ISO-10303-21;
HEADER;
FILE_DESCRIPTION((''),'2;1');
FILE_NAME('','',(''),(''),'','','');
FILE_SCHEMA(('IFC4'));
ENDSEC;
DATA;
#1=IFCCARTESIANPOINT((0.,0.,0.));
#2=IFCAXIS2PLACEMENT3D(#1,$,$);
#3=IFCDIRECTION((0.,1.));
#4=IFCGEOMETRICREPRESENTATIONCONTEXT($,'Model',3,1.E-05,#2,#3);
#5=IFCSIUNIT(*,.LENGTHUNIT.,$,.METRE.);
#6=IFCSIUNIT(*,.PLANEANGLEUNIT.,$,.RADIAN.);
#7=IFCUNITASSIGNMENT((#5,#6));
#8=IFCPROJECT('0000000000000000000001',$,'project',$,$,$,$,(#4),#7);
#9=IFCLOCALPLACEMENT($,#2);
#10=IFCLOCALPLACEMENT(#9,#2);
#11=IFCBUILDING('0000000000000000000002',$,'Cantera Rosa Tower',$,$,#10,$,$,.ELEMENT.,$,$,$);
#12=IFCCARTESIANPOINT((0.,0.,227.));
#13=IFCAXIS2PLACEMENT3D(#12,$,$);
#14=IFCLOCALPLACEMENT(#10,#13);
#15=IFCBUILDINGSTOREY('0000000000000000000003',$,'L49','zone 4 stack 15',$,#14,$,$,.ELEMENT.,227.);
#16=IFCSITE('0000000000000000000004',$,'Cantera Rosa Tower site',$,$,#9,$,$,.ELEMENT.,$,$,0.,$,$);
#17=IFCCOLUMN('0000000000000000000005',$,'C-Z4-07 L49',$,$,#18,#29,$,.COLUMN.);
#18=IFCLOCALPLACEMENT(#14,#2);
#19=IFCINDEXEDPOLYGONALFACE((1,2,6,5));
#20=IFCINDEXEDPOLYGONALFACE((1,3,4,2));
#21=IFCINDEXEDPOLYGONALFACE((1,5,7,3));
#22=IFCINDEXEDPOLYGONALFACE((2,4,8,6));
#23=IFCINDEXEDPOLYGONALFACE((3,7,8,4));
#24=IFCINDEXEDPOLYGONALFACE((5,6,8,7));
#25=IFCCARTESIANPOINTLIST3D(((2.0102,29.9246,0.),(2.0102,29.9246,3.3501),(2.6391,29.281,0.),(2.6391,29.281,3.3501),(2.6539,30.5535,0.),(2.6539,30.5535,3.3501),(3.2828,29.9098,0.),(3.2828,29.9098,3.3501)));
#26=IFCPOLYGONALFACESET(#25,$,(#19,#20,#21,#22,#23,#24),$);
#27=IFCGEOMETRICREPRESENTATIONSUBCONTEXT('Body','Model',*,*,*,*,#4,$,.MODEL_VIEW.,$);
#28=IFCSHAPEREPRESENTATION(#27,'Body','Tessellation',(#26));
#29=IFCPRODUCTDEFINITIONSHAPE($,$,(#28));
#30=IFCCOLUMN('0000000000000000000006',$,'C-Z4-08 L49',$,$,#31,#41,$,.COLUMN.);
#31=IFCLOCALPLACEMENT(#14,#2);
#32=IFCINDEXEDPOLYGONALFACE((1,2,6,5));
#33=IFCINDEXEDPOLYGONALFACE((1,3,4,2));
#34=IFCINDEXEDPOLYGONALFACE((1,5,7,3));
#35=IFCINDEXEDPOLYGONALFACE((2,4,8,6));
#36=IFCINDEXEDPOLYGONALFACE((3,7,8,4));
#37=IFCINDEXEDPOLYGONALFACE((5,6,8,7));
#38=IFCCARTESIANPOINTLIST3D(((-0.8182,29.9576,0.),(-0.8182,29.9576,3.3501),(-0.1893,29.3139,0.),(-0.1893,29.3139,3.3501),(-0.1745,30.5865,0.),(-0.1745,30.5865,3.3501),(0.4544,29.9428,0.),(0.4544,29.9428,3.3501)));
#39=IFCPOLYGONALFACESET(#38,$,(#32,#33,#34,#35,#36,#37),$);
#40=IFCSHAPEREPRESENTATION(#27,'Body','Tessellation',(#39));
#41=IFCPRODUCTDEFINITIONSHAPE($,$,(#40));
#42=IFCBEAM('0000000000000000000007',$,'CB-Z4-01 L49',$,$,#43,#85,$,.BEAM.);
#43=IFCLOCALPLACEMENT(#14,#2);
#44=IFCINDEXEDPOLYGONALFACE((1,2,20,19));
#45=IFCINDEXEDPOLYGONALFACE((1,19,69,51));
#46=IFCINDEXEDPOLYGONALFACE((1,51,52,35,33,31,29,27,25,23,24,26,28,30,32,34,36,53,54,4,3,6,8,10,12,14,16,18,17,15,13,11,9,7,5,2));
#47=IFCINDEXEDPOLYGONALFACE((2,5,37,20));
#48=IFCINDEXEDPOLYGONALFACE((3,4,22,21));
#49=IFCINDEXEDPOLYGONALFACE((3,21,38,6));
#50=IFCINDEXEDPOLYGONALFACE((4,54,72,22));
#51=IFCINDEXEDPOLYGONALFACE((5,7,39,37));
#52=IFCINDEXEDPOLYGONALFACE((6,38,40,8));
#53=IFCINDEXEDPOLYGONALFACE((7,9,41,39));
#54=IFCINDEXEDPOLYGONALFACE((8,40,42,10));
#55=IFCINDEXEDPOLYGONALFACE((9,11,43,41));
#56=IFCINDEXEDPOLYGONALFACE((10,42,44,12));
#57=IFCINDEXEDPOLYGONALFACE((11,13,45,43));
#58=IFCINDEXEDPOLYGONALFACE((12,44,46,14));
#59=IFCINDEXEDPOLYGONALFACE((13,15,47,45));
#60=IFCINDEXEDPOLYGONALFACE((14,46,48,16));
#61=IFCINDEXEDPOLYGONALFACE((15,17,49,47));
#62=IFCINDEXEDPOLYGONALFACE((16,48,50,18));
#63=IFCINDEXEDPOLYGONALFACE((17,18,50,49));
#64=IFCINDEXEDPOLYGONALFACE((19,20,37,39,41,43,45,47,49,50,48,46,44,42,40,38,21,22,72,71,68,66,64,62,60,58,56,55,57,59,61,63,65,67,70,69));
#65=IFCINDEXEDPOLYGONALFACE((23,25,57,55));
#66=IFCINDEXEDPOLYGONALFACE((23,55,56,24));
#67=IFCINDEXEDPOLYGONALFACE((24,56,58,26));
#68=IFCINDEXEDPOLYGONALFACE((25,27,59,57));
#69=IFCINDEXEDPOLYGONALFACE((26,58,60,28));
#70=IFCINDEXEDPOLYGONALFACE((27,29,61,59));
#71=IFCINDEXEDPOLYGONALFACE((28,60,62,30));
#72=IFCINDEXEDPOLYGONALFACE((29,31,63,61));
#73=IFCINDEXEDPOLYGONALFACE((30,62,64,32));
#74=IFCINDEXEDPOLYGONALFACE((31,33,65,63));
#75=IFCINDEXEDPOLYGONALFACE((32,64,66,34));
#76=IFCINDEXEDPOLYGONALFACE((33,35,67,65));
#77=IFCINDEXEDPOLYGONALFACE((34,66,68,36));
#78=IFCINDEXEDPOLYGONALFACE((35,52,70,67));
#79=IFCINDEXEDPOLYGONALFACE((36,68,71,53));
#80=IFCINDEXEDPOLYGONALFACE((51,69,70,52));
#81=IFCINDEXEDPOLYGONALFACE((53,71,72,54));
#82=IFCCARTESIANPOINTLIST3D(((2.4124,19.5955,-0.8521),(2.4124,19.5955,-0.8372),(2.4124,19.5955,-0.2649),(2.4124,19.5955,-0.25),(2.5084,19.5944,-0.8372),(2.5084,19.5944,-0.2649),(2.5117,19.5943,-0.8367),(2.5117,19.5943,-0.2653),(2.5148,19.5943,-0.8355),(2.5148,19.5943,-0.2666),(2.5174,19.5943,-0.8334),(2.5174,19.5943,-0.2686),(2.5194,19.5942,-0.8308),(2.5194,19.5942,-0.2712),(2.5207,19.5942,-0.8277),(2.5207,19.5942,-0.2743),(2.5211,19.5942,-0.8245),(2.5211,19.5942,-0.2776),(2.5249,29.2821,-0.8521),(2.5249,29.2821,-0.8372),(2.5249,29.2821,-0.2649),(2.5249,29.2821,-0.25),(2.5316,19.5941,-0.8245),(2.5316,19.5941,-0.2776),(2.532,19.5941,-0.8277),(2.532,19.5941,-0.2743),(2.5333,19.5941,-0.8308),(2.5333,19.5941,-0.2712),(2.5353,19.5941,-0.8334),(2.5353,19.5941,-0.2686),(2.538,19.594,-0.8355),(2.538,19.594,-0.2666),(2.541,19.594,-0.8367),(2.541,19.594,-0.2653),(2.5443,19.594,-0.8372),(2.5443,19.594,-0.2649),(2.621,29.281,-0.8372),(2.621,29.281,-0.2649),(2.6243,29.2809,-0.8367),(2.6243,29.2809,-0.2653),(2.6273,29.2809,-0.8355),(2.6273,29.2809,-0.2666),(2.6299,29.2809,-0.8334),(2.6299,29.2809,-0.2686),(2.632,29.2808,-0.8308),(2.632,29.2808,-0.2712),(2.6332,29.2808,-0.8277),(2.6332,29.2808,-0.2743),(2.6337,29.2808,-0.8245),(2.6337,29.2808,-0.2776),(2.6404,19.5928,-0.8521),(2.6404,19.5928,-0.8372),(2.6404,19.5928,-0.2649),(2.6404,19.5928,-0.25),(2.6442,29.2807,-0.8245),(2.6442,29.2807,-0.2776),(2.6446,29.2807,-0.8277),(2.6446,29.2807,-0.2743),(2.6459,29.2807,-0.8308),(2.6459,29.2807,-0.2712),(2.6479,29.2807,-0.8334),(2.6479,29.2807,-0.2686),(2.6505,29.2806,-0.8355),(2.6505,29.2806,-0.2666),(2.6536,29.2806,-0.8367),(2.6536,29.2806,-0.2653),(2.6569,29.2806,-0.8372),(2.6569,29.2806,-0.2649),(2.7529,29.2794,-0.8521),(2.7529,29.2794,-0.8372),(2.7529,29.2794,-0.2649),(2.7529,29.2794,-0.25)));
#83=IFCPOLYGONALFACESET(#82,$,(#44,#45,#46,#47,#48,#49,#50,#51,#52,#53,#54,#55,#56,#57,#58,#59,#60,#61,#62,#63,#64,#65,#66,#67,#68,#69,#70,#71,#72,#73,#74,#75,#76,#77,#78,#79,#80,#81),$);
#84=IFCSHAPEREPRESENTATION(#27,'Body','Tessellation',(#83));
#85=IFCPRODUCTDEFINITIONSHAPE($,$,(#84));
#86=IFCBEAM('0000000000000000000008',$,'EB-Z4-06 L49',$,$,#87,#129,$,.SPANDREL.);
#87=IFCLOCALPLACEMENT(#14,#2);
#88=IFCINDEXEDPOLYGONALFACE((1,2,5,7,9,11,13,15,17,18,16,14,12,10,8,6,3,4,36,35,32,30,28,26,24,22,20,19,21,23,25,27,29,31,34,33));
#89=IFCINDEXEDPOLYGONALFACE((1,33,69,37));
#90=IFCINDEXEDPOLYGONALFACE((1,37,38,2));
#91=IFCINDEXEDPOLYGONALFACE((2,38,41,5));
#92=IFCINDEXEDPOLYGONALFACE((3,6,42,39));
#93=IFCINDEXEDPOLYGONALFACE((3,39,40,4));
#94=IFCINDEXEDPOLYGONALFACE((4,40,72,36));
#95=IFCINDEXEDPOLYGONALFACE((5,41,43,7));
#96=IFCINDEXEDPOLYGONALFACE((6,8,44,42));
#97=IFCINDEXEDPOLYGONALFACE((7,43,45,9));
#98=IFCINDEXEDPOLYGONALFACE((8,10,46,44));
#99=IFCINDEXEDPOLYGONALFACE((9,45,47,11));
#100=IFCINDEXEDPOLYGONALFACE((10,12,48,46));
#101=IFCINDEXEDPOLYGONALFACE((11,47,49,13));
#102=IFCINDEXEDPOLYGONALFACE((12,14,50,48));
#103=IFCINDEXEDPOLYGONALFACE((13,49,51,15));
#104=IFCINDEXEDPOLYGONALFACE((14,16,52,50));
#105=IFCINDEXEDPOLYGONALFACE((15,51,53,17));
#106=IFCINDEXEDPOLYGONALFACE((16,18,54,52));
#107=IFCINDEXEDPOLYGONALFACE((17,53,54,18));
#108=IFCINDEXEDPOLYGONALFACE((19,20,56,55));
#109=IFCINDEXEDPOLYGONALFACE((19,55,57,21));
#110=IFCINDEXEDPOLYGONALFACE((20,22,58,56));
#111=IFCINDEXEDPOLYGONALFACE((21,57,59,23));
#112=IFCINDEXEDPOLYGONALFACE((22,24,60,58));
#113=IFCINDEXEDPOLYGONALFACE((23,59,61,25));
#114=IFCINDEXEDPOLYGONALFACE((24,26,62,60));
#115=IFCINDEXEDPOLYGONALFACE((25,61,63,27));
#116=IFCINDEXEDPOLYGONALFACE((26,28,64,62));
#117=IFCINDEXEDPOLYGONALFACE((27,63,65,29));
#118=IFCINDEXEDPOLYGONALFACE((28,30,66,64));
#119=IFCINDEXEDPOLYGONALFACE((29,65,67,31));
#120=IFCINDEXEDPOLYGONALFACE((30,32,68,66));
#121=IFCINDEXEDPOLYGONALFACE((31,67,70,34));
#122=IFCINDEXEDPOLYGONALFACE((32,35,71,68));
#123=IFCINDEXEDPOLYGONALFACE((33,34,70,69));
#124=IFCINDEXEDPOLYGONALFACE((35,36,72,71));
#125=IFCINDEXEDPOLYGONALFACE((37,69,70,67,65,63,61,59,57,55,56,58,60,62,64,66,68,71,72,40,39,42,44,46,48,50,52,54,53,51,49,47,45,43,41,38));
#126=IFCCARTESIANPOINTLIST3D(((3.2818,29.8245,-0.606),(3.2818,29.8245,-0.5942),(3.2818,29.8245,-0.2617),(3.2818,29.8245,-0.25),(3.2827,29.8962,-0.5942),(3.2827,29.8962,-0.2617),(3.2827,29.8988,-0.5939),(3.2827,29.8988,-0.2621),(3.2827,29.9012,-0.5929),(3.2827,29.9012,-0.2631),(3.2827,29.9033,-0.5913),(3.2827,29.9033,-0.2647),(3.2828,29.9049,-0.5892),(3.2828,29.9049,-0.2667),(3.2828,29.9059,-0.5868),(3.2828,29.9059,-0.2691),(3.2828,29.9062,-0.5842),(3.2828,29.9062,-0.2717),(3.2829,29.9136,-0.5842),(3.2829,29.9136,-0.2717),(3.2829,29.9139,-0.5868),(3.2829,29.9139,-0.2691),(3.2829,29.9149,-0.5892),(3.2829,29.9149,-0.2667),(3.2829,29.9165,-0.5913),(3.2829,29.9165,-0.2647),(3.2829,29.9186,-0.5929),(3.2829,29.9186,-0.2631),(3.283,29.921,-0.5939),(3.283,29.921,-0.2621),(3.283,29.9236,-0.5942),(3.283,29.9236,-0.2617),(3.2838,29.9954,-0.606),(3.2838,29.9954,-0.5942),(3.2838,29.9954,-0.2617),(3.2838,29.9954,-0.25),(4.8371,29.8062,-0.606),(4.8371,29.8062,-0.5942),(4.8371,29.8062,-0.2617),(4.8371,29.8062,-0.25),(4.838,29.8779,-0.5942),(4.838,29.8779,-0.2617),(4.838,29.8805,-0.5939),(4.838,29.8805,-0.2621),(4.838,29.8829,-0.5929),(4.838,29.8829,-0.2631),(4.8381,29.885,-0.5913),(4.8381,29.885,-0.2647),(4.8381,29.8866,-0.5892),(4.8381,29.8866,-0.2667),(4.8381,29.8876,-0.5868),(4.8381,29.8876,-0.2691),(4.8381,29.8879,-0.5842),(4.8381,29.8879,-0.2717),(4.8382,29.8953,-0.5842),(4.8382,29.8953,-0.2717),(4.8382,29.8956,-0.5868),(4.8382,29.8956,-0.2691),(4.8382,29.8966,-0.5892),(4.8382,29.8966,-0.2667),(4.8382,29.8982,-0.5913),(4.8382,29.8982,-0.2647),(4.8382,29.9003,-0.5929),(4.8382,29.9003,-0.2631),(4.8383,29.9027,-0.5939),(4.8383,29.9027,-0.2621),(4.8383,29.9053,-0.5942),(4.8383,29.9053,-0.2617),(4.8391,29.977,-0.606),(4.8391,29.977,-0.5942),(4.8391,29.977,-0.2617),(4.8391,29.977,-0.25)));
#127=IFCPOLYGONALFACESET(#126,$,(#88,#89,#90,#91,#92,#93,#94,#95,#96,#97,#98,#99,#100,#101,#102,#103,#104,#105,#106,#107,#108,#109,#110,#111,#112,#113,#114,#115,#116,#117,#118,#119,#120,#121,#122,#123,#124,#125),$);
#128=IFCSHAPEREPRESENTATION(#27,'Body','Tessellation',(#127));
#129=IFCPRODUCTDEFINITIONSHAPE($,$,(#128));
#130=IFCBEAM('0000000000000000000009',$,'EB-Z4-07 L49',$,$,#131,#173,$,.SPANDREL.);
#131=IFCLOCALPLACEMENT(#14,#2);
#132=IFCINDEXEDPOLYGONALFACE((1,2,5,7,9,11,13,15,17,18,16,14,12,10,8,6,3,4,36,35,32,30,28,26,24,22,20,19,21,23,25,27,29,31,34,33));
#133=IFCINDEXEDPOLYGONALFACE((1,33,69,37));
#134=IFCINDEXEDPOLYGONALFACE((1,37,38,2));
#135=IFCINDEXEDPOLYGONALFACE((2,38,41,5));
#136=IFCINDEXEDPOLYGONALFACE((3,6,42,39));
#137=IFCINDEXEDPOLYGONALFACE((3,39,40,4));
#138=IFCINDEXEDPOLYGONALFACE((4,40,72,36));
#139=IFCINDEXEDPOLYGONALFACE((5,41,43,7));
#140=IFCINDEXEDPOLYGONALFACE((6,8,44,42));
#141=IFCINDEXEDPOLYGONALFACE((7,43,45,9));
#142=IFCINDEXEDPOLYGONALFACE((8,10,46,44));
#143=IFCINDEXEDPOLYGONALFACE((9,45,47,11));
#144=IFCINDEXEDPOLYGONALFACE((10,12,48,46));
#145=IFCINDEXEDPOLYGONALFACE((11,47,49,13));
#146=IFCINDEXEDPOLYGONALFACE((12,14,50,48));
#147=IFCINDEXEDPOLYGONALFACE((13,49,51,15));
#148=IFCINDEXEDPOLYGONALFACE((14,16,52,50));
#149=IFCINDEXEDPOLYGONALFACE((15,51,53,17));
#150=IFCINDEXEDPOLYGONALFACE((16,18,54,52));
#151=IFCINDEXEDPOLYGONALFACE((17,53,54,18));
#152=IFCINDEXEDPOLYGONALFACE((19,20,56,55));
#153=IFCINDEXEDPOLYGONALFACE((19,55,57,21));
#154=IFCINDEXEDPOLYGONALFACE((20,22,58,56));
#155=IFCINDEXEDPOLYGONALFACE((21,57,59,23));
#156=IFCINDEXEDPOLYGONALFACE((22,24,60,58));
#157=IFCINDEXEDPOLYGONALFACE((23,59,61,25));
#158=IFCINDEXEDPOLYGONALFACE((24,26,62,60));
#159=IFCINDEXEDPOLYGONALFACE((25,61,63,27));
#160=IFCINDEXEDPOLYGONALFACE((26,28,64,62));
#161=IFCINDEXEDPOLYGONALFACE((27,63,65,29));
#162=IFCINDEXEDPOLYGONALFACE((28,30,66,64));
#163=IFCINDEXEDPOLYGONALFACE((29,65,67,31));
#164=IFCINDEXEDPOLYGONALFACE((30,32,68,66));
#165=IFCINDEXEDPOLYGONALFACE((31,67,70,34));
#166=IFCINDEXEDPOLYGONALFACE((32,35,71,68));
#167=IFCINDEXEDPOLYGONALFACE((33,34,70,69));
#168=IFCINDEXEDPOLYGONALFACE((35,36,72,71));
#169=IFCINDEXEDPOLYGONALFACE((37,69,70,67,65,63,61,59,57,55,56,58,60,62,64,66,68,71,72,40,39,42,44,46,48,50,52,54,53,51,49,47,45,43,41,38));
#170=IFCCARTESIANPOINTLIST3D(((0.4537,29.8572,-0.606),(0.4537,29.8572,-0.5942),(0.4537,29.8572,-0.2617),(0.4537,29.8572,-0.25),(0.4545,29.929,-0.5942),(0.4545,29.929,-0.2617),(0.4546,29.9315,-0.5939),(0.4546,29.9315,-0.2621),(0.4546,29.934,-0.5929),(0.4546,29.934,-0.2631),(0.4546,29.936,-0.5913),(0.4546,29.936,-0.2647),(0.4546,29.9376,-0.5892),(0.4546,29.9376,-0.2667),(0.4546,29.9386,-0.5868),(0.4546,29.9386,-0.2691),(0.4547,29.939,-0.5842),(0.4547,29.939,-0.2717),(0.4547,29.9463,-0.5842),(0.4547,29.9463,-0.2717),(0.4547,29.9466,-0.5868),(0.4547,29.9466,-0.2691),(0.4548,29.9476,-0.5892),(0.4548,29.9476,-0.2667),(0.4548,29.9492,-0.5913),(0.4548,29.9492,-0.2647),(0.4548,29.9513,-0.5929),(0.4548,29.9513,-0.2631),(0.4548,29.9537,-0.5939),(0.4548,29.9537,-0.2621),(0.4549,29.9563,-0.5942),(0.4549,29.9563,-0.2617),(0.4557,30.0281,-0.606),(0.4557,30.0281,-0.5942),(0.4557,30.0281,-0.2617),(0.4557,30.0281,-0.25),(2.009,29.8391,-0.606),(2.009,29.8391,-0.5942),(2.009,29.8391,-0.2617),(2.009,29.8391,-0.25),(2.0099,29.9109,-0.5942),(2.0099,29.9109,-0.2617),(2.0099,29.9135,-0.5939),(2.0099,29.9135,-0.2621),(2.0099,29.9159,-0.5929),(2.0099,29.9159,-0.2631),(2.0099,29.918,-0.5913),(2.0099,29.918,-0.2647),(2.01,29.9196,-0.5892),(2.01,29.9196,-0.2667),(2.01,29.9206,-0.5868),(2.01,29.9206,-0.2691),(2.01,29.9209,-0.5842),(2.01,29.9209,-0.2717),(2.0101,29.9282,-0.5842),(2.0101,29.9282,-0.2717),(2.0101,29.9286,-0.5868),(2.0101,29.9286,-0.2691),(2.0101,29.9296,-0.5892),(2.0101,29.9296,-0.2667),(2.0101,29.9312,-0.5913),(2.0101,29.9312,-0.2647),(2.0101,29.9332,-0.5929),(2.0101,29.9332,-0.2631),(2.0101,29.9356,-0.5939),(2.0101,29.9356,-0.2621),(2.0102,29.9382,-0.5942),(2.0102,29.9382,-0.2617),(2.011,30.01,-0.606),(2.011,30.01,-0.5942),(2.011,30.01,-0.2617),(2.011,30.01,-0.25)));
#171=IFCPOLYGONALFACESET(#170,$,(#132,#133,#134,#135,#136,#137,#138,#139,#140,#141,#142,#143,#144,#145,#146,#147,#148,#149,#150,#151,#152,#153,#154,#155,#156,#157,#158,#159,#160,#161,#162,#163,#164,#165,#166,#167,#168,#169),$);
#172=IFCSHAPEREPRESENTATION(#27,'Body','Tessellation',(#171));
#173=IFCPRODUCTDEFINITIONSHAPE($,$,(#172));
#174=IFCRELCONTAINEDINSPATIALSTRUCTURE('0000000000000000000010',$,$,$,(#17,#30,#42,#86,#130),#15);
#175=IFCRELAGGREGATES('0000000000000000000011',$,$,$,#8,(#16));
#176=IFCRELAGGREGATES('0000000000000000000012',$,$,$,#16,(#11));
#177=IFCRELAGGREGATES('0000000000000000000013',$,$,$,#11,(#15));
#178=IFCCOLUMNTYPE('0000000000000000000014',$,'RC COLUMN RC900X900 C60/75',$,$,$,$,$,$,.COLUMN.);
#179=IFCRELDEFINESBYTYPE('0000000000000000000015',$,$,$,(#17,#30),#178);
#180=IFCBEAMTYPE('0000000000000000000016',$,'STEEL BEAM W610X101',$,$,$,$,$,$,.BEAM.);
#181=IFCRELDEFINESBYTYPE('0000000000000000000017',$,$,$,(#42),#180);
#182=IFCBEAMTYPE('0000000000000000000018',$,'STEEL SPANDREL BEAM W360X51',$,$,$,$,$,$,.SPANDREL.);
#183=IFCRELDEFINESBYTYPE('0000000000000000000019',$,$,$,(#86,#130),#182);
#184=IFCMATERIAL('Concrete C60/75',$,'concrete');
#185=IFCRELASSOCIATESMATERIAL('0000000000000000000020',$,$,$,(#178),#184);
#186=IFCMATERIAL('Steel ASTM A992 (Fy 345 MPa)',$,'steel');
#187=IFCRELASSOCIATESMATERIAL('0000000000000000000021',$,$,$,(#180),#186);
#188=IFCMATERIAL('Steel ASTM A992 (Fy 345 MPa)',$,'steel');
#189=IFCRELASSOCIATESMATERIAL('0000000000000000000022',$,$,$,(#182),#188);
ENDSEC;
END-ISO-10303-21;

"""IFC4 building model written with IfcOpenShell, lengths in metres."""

from ifc_helpers import new_model, si_unit, direction, frame, origin, origin_2d, place, context, subcontext, project, spatial, rectangle, i_section, extrude, material, material_profile, profile_set, type_object, element, save


model = new_model("IFC4")

# Units and contexts
model_context = context("Model", 3, precision=1e-05, world=origin(), true_north=direction((0.0, 1.0)))
body_context = subcontext(model_context, "Body", "Model", "MODEL_VIEW")
ifc_project = project(units=[si_unit("LENGTHUNIT", "METRE"), si_unit("PLANEANGLEUNIT", "RADIAN")], contexts=[model_context])

# Site, building, storey
site_placement = place(None, origin())
site = spatial("IfcSite", under=ifc_project, at=site_placement, Name="Cantera Rosa Tower site", CompositionType="ELEMENT", RefElevation=0.0)
building_placement = place(site_placement, origin())
building = spatial("IfcBuilding", under=site, at=building_placement, Name="Cantera Rosa Tower", CompositionType="ELEMENT")
storey_placement = place(building_placement, frame((0.0, 0.0, 227.0)))
storey = spatial("IfcBuildingStorey", under=building, at=storey_placement, Name="L49", Description="zone 4 stack 15", CompositionType="ELEMENT", Elevation=227.0)

# Columns
ifc_material_1 = material(Name="Concrete C60/75", Category="concrete")
ifc_material_profile_1 = material_profile(ifc_material_1, rectangle(XDim=0.8999, YDim=0.8999, at=origin_2d()), Name="RC COLUMN RC900X900 C60/75")
ifc_profile_set_1 = profile_set([ifc_material_profile_1], Name="Concrete C60/75")
column_type = type_object("IfcColumnType", Name="RC COLUMN RC900X900 C60/75", PredefinedType="COLUMN", material=ifc_profile_set_1)
for number, where, z_axis, x_axis, name in (
    (1, (2.6465, 29.9172, 0.0), (0.0, 0.0, 1.0), (0.715286, 0.698832, 0.0), "C-Z4-07 L49"),
    (2, (-0.1819, 29.9502, 0.0), (0.0, 0.0, 1.0), (0.715286, 0.698832, 0.0), "C-Z4-08 L49"),
):
    element("IfcColumn", number, at=place(storey_placement, frame(where, z_axis=z_axis, x_axis=x_axis)), inside=storey, type_object=column_type, Name=name, PredefinedType="COLUMN", context=body_context, shape_type="SweptSolid", body=[
        extrude(rectangle(XDim=0.8999, YDim=0.8999, at=origin_2d()), origin(), (0.0, 0.0, 1.0), 3.3501),
    ])

# Beams
ifc_material_2 = material(Name="Steel ASTM A992 (Fy 345 MPa)", Category="steel")
ifc_material_profile_2 = material_profile(ifc_material_2, i_section(OverallWidth=0.228, OverallDepth=0.6021, WebThickness=0.0105, FlangeThickness=0.0149, FilletRadius=0.0127, at=origin_2d()), Name="W610X101")
ifc_profile_set_2 = profile_set([ifc_material_profile_2], Name="Steel ASTM A992 (Fy 345 MPa)")
beam_type_1 = type_object("IfcBeamType", Name="STEEL BEAM W610X101", PredefinedType="BEAM", material=ifc_profile_set_2)
beam_1_placement = place(storey_placement, frame((2.6389, 29.2808, -0.551), z_axis=(-0.011618, -0.999933, 0.0), x_axis=(0.999933, -0.011618, 0.0)))
element("IfcBeam", 3, at=beam_1_placement, inside=storey, type_object=beam_type_1, Name="CB-Z4-01 L49", PredefinedType="BEAM", context=body_context, shape_type="SweptSolid", body=[
    extrude(i_section(OverallWidth=0.228, OverallDepth=0.6021, WebThickness=0.0105, FlangeThickness=0.0149, FilletRadius=0.0127, at=origin_2d()), origin(), (0.0, 0.0, 1.0), 9.6873),
])
ifc_material_3 = material(Name="Steel ASTM A992 (Fy 345 MPa)", Category="steel")
ifc_material_profile_3 = material_profile(ifc_material_3, i_section(OverallWidth=0.1709, OverallDepth=0.356, WebThickness=0.0073, FlangeThickness=0.0117, FilletRadius=0.01, at=origin_2d()), Name="W360X51")
ifc_profile_set_3 = profile_set([ifc_material_profile_3], Name="Steel ASTM A992 (Fy 345 MPa)")
beam_type_2 = type_object("IfcBeamType", Name="STEEL SPANDREL BEAM W360X51", PredefinedType="SPANDREL", material=ifc_profile_set_3)
for number, where, z_axis, x_axis, name in (
    (4, (4.8381, 29.8916, -0.428), (-0.999931, 0.011771, 0.0), (-0.011771, -0.999931, 0.0), "EB-Z4-06 L49"),
    (5, (2.01, 29.9246, -0.428), (-0.999933, 0.011614, 0.0), (-0.011614, -0.999933, 0.0), "EB-Z4-07 L49"),
):
    element("IfcBeam", number, at=place(storey_placement, frame(where, z_axis=z_axis, x_axis=x_axis)), inside=storey, type_object=beam_type_2, Name=name, PredefinedType="SPANDREL", context=body_context, shape_type="SweptSolid", body=[
        extrude(i_section(OverallWidth=0.1709, OverallDepth=0.356, WebThickness=0.0073, FlangeThickness=0.0117, FilletRadius=0.01, at=origin_2d()), origin(), (0.0, 0.0, 1.0), 1.5554),
    ])

save(model, "model.ifc")
